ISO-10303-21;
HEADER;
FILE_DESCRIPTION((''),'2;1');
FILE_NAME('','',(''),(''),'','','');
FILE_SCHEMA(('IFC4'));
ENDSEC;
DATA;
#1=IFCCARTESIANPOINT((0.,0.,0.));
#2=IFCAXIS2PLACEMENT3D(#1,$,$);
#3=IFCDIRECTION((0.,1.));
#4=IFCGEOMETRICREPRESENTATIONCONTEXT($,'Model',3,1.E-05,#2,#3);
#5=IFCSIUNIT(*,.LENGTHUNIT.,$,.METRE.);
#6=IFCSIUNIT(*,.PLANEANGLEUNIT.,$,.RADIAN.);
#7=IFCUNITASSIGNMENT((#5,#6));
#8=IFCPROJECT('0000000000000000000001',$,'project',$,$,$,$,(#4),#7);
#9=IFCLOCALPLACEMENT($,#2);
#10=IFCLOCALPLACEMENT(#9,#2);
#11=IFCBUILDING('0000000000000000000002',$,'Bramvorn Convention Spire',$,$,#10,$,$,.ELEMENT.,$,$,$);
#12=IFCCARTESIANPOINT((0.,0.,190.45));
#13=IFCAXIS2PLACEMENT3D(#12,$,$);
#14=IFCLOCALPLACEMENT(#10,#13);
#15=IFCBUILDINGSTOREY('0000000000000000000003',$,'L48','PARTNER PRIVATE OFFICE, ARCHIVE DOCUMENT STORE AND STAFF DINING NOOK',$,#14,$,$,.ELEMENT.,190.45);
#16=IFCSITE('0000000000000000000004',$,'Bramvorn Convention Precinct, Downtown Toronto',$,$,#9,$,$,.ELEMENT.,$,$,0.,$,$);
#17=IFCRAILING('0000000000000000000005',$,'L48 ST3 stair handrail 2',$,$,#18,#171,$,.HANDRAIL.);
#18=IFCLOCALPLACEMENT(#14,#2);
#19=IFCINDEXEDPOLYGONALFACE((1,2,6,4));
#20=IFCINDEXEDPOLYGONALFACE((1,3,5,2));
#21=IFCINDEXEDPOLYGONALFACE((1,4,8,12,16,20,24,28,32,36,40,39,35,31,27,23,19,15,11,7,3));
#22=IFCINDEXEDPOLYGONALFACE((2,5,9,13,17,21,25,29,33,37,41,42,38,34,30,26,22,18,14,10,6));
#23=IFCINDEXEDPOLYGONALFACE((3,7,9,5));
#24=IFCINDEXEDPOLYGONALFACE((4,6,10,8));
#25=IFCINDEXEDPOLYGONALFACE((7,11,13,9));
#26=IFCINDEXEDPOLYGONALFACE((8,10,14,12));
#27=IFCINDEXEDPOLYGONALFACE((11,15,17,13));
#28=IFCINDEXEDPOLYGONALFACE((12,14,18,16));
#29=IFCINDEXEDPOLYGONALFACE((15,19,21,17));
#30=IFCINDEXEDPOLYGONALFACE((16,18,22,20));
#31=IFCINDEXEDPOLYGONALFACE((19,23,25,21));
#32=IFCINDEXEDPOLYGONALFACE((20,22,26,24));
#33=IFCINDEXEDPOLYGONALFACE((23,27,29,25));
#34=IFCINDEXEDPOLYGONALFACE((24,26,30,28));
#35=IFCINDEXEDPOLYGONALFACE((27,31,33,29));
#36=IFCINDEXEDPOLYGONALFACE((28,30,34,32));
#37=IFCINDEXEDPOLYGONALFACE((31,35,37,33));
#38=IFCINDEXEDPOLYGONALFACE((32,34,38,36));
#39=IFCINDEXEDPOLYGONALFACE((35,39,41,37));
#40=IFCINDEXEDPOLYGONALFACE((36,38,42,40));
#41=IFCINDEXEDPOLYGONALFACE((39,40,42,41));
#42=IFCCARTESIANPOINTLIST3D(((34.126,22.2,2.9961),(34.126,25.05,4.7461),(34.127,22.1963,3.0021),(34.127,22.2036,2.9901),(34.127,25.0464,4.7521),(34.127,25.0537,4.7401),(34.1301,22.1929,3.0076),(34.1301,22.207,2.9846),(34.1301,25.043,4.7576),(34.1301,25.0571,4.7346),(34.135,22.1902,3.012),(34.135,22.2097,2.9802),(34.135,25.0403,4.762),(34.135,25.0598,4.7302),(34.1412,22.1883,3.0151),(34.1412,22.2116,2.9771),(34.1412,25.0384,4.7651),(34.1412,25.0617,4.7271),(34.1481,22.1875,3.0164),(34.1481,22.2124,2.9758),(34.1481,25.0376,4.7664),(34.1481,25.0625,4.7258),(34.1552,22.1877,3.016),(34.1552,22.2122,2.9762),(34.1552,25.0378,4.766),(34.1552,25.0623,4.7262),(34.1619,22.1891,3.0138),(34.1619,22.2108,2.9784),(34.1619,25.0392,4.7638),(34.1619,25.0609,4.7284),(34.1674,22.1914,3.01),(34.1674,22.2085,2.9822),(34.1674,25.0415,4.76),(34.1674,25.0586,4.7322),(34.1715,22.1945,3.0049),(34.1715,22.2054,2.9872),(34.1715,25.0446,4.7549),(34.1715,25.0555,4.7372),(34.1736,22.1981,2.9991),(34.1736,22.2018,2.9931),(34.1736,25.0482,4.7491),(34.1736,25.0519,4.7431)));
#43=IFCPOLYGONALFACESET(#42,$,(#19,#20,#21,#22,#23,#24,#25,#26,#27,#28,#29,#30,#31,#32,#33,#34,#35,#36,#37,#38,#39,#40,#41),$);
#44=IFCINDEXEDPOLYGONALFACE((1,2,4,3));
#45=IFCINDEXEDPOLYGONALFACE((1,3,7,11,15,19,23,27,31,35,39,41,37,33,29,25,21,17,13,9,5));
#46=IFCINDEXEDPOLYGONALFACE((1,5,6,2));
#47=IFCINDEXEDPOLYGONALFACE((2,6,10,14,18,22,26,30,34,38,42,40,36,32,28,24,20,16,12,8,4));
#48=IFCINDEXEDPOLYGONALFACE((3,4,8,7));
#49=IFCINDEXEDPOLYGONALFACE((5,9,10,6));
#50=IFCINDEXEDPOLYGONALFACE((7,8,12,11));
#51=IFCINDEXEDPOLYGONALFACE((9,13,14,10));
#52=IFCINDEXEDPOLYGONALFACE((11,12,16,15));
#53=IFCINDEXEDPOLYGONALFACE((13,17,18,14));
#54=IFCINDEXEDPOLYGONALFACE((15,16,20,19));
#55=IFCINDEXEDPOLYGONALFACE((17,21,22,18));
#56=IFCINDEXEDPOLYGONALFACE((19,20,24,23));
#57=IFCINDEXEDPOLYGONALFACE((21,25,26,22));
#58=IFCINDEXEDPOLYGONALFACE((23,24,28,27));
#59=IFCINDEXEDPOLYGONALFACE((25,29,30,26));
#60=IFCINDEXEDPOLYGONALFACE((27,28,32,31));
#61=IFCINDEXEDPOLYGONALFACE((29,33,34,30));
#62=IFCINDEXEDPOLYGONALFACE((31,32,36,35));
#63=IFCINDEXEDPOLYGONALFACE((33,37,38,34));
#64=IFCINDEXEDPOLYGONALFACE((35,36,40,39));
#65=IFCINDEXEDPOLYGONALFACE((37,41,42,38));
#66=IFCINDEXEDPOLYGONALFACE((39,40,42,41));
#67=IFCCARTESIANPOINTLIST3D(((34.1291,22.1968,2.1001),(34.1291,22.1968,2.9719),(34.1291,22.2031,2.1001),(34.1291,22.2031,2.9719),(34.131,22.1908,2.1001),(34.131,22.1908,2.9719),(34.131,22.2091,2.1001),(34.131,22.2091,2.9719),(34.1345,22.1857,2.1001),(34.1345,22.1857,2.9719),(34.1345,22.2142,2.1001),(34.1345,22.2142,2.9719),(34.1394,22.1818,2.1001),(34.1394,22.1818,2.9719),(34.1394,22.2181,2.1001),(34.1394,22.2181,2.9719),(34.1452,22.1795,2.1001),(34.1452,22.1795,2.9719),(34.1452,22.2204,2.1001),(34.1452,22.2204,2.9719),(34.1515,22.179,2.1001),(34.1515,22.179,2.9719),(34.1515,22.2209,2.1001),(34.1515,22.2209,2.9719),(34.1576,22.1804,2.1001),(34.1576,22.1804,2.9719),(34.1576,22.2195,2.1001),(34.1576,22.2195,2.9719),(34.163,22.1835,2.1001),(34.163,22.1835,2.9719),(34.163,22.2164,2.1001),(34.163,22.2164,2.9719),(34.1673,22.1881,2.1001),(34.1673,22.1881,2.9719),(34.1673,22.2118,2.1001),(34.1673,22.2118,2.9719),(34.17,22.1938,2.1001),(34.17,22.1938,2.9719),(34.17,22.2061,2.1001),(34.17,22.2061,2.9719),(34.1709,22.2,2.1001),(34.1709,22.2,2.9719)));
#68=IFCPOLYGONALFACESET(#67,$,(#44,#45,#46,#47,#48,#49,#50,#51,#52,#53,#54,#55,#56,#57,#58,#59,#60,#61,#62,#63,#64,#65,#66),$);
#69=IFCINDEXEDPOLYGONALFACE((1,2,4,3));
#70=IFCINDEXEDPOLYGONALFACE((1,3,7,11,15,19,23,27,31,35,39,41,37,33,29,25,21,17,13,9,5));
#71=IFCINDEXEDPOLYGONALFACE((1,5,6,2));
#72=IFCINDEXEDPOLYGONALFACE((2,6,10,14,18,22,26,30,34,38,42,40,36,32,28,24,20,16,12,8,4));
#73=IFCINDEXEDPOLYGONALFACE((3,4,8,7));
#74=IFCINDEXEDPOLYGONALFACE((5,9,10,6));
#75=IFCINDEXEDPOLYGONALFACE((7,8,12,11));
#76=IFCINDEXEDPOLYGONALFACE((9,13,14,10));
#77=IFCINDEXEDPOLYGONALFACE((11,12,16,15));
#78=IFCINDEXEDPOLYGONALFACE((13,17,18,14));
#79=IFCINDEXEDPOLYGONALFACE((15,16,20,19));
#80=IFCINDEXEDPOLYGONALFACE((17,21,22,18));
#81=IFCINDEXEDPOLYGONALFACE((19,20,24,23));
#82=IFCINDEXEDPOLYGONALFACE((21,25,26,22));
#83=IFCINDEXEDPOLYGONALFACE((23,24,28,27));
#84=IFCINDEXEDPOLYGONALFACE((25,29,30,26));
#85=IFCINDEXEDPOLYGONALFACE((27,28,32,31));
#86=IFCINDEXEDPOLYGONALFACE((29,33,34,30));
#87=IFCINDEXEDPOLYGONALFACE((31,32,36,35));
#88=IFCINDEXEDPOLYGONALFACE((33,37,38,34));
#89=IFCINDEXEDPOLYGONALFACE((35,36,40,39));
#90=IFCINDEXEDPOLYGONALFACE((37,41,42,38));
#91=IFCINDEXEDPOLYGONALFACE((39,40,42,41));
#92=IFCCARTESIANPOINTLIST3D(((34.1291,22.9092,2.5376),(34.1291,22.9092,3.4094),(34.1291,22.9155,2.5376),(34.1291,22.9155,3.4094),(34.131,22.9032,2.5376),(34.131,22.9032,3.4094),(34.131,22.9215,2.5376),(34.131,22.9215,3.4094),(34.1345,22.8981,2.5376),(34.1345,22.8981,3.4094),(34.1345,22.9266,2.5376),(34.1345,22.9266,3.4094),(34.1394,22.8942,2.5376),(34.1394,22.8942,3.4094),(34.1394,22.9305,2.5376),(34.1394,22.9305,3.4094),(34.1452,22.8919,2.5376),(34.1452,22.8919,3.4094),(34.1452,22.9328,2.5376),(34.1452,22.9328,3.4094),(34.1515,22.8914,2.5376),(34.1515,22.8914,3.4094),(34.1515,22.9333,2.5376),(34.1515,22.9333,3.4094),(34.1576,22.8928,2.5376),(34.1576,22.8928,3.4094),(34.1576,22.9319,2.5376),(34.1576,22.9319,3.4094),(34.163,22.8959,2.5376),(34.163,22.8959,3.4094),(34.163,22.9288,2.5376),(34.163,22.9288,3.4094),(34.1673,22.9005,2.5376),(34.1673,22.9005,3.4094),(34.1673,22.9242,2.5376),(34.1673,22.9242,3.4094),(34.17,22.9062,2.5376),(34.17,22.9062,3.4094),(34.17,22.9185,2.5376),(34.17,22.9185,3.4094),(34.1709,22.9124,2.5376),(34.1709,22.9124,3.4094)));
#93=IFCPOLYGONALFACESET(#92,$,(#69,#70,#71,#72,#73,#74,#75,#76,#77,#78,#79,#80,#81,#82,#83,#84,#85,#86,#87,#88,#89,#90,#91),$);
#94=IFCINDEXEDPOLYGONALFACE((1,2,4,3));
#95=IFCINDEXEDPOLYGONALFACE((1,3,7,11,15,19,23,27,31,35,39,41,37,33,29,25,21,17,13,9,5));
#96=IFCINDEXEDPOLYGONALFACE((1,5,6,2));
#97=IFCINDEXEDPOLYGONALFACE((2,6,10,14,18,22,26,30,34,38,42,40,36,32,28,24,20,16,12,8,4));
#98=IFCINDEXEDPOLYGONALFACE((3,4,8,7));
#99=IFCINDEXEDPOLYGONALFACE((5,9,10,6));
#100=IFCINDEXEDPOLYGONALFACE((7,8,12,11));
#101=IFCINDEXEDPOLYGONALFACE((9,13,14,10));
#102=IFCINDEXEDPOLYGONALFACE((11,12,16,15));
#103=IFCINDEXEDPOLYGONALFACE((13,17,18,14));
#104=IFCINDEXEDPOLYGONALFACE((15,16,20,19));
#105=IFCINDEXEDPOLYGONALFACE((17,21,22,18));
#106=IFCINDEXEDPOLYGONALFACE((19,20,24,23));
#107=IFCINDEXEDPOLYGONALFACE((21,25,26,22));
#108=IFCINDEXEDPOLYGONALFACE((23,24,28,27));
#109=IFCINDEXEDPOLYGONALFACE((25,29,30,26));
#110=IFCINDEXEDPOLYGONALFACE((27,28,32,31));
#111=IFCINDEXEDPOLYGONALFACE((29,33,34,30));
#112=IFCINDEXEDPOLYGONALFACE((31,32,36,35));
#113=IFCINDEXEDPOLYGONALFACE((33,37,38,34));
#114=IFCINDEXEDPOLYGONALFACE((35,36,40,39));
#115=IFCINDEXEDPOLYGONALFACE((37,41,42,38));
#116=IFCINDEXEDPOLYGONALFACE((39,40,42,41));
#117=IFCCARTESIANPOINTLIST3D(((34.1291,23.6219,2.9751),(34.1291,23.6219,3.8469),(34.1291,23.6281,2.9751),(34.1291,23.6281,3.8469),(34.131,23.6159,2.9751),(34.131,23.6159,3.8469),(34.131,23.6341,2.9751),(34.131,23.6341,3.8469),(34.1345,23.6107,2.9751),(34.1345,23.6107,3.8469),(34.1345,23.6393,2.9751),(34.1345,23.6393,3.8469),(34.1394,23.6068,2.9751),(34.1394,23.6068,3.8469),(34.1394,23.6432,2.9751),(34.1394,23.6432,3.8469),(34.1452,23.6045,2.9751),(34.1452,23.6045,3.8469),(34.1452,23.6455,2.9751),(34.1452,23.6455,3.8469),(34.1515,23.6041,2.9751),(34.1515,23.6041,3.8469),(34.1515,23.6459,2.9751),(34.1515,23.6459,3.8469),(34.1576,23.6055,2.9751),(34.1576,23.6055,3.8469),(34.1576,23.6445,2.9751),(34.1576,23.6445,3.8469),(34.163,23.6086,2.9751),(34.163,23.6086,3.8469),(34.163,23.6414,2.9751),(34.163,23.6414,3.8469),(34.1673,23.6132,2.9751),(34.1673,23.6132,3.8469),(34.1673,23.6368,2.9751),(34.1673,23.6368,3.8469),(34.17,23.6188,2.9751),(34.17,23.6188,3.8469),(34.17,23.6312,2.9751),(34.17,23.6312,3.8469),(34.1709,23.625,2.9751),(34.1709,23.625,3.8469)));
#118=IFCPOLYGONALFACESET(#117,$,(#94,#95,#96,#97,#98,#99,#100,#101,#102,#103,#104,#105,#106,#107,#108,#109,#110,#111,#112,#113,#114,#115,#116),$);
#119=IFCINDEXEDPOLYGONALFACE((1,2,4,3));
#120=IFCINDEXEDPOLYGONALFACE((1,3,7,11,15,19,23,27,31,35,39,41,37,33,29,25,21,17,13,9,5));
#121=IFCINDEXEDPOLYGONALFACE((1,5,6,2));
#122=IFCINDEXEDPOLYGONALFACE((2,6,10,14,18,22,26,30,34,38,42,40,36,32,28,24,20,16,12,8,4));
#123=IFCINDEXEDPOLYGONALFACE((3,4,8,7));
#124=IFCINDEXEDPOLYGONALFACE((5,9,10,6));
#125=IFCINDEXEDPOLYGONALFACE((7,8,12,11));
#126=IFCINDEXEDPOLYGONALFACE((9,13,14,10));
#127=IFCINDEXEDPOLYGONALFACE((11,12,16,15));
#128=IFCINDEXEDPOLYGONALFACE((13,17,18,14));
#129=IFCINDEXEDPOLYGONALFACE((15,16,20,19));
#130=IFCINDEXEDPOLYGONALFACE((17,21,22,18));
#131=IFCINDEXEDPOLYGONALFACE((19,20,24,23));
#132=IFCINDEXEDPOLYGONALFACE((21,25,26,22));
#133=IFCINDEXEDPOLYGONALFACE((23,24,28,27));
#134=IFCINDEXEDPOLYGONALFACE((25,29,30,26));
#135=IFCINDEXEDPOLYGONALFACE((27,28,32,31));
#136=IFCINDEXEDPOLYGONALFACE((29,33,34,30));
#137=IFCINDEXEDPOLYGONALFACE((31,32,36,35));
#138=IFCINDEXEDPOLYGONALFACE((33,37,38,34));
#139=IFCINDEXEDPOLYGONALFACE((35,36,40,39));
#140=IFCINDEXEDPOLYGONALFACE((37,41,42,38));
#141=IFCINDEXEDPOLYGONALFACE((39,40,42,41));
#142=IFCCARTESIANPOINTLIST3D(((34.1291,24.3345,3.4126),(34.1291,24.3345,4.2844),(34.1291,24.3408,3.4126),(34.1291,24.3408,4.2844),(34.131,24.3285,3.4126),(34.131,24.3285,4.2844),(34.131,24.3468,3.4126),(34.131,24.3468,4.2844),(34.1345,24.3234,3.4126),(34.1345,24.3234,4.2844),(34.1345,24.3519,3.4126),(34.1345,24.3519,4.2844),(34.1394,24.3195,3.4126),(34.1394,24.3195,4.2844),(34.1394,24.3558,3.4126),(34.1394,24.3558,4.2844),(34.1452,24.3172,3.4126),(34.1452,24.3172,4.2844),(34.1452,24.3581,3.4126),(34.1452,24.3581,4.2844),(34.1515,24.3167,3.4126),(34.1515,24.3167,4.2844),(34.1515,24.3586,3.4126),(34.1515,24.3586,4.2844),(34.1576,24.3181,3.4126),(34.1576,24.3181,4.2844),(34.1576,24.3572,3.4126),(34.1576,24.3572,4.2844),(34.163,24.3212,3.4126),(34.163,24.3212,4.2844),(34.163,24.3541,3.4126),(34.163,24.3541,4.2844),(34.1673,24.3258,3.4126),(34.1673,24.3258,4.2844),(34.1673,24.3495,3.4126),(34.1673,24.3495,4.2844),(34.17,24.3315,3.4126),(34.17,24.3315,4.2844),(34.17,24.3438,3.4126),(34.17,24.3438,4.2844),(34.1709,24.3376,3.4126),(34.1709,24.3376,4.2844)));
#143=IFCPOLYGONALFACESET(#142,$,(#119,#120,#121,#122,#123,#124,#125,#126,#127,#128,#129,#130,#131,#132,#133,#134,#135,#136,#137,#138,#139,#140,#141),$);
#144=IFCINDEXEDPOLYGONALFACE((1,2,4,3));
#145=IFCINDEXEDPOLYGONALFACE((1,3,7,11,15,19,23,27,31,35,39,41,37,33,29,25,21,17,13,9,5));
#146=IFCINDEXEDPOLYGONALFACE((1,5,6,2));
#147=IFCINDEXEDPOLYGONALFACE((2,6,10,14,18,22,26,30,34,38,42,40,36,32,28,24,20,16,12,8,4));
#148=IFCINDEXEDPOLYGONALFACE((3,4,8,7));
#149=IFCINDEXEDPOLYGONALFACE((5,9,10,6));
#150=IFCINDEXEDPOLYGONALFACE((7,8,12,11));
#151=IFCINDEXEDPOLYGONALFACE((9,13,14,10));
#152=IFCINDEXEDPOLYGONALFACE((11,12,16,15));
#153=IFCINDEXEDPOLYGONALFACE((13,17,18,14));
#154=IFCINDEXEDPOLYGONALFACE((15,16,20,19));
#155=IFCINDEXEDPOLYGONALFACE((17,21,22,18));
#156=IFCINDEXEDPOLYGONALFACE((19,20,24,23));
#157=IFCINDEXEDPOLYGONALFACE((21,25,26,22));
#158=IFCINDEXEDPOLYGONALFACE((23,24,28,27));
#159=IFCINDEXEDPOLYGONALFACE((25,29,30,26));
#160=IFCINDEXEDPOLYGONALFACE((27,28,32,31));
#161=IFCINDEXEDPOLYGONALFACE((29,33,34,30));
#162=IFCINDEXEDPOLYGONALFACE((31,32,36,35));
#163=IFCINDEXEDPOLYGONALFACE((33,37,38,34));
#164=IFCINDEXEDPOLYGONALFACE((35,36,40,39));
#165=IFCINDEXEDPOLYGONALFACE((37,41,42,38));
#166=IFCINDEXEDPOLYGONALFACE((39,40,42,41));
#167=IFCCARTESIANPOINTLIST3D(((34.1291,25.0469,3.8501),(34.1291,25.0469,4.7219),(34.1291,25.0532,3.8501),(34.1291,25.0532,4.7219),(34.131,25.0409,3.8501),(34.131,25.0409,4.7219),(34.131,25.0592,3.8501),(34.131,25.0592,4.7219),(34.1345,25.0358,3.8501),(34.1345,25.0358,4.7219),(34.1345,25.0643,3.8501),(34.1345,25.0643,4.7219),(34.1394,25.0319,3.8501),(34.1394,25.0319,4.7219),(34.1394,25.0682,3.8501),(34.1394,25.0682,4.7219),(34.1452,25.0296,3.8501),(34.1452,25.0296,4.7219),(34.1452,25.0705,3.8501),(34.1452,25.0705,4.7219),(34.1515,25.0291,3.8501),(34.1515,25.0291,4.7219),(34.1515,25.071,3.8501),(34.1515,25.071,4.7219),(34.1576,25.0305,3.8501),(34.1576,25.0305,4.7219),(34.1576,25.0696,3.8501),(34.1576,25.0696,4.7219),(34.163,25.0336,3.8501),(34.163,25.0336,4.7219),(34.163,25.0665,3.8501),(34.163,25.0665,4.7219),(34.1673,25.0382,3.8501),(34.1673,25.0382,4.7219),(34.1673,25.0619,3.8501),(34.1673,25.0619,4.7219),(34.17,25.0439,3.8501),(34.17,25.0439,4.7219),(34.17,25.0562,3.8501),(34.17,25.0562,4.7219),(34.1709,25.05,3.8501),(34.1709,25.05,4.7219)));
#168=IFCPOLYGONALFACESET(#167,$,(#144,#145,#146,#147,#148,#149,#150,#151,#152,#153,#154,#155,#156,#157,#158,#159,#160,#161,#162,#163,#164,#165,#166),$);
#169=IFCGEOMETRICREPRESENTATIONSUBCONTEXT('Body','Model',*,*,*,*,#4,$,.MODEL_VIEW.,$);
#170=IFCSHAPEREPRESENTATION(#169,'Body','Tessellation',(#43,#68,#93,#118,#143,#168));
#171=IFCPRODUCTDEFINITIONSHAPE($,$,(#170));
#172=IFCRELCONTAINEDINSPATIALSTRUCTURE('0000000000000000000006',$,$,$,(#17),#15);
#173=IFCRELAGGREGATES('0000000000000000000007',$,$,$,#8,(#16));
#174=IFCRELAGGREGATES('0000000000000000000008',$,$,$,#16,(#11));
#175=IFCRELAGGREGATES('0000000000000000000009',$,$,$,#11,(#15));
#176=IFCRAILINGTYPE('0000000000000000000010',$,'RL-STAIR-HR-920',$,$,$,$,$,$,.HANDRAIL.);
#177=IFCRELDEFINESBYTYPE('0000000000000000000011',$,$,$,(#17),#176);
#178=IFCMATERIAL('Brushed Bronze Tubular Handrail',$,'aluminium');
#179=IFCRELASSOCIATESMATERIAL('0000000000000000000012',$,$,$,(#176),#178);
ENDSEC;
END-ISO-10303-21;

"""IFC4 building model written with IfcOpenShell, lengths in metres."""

from ifc_helpers import new_model, si_unit, direction, frame, origin, origin_2d, place, context, subcontext, project, spatial, circle, extrude, material, type_object, element, save


model = new_model("IFC4")

# Units and contexts
model_context = context("Model", 3, precision=1e-05, world=origin(), true_north=direction((0.0, 1.0)))
body_context = subcontext(model_context, "Body", "Model", "MODEL_VIEW")
ifc_project = project(units=[si_unit("LENGTHUNIT", "METRE"), si_unit("PLANEANGLEUNIT", "RADIAN")], contexts=[model_context])

# Site, building, storey
site_placement = place(None, origin())
site = spatial("IfcSite", under=ifc_project, at=site_placement, Name="Bramvorn Convention Precinct, Downtown Toronto", CompositionType="ELEMENT", RefElevation=0.0)
building_placement = place(site_placement, origin())
building = spatial("IfcBuilding", under=site, at=building_placement, Name="Bramvorn Convention Spire", CompositionType="ELEMENT")
storey_placement = place(building_placement, frame((0.0, 0.0, 190.45)))
storey = spatial("IfcBuildingStorey", under=building, at=storey_placement, Name="L48", Description="PARTNER PRIVATE OFFICE, ARCHIVE DOCUMENT STORE AND STAFF DINING NOOK", CompositionType="ELEMENT", Elevation=190.45)

# Railing
ifc_material_1 = material(Name="Brushed Bronze Tubular Handrail", Category="aluminium")
railing_type_1 = type_object("IfcRailingType", Name="RL-STAIR-HR-920", PredefinedType="HANDRAIL", material=ifc_material_1)
railing_1_placement = place(storey_placement, frame((34.1499, 22.2, 2.1001)))
element("IfcRailing", 1, at=railing_1_placement, inside=storey, type_object=railing_type_1, Name="L48 ST3 stair handrail 2", PredefinedType="HANDRAIL", context=body_context, shape_type="SweptSolid", body=[
    extrude(circle(Radius=0.0239, at=origin_2d()), frame((0.0, 0.0, 0.896), z_axis=(0.0, 0.852179, 0.52325), x_axis=(-1.0, 0.0, 0.0)), (0.0, 0.0, 1.0), 3.3445),
    extrude(circle(Radius=0.021, at=origin_2d()), origin(), (0.0, 0.0, 1.0), 0.8718),
    extrude(circle(Radius=0.021, at=origin_2d()), frame((0.0, 0.7124, 0.4375)), (0.0, 0.0, 1.0), 0.8718),
    extrude(circle(Radius=0.021, at=origin_2d()), frame((0.0, 1.425, 0.875)), (0.0, 0.0, 1.0), 0.8718),
    extrude(circle(Radius=0.021, at=origin_2d()), frame((0.0, 2.1377, 1.3125)), (0.0, 0.0, 1.0), 0.8718),
    extrude(circle(Radius=0.021, at=origin_2d()), frame((0.0, 2.8501, 1.75)), (0.0, 0.0, 1.0), 0.8718),
])

save(model, "model.ifc")
